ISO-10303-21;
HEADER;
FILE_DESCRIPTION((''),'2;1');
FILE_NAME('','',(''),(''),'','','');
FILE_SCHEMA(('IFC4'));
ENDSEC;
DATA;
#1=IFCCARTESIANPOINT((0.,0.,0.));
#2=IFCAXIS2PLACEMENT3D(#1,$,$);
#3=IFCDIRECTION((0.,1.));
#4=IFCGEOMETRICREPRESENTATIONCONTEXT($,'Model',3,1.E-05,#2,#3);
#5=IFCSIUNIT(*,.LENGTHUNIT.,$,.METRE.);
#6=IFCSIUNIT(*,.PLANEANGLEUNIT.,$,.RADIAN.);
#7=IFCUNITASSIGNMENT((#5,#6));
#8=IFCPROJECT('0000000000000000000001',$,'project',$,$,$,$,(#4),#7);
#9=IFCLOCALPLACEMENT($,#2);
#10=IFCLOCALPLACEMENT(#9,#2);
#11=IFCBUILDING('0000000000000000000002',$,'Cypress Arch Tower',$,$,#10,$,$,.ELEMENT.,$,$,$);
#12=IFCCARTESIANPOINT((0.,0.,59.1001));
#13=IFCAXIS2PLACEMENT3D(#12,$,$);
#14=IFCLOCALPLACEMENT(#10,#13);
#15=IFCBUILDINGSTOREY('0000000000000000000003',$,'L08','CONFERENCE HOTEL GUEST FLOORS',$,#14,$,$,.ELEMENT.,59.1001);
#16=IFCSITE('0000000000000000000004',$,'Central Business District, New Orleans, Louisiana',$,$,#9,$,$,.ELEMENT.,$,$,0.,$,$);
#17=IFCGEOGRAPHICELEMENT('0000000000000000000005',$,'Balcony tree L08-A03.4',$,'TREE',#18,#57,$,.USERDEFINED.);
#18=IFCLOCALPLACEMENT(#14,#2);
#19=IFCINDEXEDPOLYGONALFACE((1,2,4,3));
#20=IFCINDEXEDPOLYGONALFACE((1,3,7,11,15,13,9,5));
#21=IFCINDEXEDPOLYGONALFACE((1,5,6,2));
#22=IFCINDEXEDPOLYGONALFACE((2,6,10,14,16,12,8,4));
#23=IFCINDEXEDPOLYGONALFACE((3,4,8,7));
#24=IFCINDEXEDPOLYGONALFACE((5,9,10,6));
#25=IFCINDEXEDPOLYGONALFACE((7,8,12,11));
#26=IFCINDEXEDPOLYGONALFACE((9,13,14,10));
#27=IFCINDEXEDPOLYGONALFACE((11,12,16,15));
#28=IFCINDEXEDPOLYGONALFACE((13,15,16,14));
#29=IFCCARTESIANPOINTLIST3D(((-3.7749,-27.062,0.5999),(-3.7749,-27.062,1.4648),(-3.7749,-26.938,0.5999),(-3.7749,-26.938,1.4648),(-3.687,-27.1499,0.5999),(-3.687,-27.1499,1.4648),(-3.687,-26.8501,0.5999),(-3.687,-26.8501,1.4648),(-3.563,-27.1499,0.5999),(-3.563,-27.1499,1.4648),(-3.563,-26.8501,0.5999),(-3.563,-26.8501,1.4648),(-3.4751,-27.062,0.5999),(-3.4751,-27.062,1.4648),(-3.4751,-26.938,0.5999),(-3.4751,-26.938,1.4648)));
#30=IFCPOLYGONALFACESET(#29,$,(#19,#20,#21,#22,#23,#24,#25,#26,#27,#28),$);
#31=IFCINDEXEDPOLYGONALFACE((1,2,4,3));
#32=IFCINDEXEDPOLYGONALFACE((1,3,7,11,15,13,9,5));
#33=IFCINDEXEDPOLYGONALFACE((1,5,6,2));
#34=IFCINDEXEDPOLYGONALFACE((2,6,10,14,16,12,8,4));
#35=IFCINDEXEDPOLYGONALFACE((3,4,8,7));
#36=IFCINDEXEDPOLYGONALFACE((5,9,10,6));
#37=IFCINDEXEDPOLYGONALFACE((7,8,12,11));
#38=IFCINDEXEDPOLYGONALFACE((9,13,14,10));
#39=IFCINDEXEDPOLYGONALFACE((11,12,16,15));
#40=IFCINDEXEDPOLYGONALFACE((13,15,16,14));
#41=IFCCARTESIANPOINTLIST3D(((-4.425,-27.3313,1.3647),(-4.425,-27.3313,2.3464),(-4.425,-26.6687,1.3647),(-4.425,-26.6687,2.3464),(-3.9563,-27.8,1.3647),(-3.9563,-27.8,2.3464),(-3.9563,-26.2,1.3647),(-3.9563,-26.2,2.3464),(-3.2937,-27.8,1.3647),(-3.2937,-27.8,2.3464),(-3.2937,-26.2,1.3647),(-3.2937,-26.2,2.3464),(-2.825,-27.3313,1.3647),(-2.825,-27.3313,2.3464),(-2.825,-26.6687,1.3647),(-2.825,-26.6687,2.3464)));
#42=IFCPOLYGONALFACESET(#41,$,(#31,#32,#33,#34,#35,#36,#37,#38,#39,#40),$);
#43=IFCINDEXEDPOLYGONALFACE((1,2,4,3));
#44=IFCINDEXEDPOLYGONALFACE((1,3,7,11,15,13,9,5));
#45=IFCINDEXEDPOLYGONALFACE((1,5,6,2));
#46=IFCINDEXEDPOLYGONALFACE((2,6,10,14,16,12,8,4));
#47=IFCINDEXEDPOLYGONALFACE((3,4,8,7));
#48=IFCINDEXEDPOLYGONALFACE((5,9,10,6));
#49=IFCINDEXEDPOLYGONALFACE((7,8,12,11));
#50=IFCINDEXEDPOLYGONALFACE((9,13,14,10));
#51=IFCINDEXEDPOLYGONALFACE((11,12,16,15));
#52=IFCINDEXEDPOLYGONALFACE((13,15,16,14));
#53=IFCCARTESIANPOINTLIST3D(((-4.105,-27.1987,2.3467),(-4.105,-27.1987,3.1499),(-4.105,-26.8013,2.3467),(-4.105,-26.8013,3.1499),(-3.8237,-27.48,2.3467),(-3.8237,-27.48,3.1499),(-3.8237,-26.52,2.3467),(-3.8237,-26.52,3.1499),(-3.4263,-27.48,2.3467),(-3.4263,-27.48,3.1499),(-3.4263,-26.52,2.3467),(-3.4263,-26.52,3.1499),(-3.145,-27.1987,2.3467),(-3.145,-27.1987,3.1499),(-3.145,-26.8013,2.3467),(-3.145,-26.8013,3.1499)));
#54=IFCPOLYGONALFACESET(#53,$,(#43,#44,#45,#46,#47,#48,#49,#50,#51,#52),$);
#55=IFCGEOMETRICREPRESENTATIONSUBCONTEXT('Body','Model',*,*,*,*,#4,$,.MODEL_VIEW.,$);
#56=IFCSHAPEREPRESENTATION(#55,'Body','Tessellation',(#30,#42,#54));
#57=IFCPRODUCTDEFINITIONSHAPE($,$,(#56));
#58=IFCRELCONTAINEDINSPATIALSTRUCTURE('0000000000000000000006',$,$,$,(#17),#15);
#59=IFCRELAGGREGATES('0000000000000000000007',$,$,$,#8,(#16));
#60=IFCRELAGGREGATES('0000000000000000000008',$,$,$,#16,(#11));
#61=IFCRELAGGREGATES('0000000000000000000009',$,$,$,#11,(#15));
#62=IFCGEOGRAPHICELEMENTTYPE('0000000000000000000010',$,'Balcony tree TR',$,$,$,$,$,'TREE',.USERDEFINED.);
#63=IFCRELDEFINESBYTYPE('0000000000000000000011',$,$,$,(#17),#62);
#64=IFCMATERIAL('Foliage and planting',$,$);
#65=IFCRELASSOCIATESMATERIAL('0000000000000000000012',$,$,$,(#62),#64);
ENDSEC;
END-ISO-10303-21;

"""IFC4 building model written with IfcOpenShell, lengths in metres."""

from ifc_helpers import new_model, si_unit, direction, frame, origin, place, context, subcontext, project, spatial, polyline, outline, extrude, material, type_object, element, save


model = new_model("IFC4")

# Units and contexts
model_context = context("Model", 3, precision=1e-05, world=origin(), true_north=direction((0.0, 1.0)))
body_context = subcontext(model_context, "Body", "Model", "MODEL_VIEW")
ifc_project = project(units=[si_unit("LENGTHUNIT", "METRE"), si_unit("PLANEANGLEUNIT", "RADIAN")], contexts=[model_context])

# Site, building, storey
site_placement = place(None, origin())
site = spatial("IfcSite", under=ifc_project, at=site_placement, Name="Central Business District, New Orleans, Louisiana", CompositionType="ELEMENT", RefElevation=0.0)
building_placement = place(site_placement, origin())
building = spatial("IfcBuilding", under=site, at=building_placement, Name="Cypress Arch Tower", CompositionType="ELEMENT")
storey_placement = place(building_placement, frame((0.0, 0.0, 59.1001)))
storey = spatial("IfcBuildingStorey", under=building, at=storey_placement, Name="L08", Description="CONFERENCE HOTEL GUEST FLOORS", CompositionType="ELEMENT", Elevation=59.1001)

# Geographic element
ifc_material_1 = material(Name="Foliage and planting")
geographic_element_type = type_object("IfcGeographicElementType", Name="Balcony tree TR", ElementType="TREE", PredefinedType="USERDEFINED", material=ifc_material_1)
for number, where, z_axis, x_axis, name in (
    (1, (-3.625, -27.0, 0.5999), (0.0, 0.0, 1.0), (1.0, 0.0, 0.0), "Balcony tree L08-A03.4"),
):
    element("IfcGeographicElement", number, at=place(storey_placement, frame(where, z_axis=z_axis, x_axis=x_axis)), inside=storey, type_object=geographic_element_type, Name=name, ObjectType="TREE", PredefinedType="USERDEFINED", context=body_context, shape_type="SweptSolid", body=[
        extrude(outline(polyline([(0.1499, 0.062), (0.062, 0.1499), (-0.062, 0.1499), (-0.1499, 0.062), (-0.1499, -0.062), (-0.062, -0.1499), (0.062, -0.1499), (0.1499, -0.062), (0.1499, 0.062)])), origin(), (0.0, 0.0, 1.0), 0.865),
        extrude(outline(polyline([(0.8, 0.3313), (0.3313, 0.8), (-0.3313, 0.8), (-0.8, 0.3313), (-0.8, -0.3313), (-0.3313, -0.8), (0.3313, -0.8), (0.8, -0.3313), (0.8, 0.3313)])), frame((0.0, 0.0, 0.7649)), (0.0, 0.0, 1.0), 0.9817),
        extrude(outline(polyline([(0.48, 0.1987), (0.1987, 0.48), (-0.1987, 0.48), (-0.48, 0.1987), (-0.48, -0.1987), (-0.1987, -0.48), (0.1987, -0.48), (0.48, -0.1987), (0.48, 0.1987)])), frame((0.0, 0.0, 1.7468)), (0.0, 0.0, 1.0), 0.8032),
    ])

save(model, "model.ifc")
